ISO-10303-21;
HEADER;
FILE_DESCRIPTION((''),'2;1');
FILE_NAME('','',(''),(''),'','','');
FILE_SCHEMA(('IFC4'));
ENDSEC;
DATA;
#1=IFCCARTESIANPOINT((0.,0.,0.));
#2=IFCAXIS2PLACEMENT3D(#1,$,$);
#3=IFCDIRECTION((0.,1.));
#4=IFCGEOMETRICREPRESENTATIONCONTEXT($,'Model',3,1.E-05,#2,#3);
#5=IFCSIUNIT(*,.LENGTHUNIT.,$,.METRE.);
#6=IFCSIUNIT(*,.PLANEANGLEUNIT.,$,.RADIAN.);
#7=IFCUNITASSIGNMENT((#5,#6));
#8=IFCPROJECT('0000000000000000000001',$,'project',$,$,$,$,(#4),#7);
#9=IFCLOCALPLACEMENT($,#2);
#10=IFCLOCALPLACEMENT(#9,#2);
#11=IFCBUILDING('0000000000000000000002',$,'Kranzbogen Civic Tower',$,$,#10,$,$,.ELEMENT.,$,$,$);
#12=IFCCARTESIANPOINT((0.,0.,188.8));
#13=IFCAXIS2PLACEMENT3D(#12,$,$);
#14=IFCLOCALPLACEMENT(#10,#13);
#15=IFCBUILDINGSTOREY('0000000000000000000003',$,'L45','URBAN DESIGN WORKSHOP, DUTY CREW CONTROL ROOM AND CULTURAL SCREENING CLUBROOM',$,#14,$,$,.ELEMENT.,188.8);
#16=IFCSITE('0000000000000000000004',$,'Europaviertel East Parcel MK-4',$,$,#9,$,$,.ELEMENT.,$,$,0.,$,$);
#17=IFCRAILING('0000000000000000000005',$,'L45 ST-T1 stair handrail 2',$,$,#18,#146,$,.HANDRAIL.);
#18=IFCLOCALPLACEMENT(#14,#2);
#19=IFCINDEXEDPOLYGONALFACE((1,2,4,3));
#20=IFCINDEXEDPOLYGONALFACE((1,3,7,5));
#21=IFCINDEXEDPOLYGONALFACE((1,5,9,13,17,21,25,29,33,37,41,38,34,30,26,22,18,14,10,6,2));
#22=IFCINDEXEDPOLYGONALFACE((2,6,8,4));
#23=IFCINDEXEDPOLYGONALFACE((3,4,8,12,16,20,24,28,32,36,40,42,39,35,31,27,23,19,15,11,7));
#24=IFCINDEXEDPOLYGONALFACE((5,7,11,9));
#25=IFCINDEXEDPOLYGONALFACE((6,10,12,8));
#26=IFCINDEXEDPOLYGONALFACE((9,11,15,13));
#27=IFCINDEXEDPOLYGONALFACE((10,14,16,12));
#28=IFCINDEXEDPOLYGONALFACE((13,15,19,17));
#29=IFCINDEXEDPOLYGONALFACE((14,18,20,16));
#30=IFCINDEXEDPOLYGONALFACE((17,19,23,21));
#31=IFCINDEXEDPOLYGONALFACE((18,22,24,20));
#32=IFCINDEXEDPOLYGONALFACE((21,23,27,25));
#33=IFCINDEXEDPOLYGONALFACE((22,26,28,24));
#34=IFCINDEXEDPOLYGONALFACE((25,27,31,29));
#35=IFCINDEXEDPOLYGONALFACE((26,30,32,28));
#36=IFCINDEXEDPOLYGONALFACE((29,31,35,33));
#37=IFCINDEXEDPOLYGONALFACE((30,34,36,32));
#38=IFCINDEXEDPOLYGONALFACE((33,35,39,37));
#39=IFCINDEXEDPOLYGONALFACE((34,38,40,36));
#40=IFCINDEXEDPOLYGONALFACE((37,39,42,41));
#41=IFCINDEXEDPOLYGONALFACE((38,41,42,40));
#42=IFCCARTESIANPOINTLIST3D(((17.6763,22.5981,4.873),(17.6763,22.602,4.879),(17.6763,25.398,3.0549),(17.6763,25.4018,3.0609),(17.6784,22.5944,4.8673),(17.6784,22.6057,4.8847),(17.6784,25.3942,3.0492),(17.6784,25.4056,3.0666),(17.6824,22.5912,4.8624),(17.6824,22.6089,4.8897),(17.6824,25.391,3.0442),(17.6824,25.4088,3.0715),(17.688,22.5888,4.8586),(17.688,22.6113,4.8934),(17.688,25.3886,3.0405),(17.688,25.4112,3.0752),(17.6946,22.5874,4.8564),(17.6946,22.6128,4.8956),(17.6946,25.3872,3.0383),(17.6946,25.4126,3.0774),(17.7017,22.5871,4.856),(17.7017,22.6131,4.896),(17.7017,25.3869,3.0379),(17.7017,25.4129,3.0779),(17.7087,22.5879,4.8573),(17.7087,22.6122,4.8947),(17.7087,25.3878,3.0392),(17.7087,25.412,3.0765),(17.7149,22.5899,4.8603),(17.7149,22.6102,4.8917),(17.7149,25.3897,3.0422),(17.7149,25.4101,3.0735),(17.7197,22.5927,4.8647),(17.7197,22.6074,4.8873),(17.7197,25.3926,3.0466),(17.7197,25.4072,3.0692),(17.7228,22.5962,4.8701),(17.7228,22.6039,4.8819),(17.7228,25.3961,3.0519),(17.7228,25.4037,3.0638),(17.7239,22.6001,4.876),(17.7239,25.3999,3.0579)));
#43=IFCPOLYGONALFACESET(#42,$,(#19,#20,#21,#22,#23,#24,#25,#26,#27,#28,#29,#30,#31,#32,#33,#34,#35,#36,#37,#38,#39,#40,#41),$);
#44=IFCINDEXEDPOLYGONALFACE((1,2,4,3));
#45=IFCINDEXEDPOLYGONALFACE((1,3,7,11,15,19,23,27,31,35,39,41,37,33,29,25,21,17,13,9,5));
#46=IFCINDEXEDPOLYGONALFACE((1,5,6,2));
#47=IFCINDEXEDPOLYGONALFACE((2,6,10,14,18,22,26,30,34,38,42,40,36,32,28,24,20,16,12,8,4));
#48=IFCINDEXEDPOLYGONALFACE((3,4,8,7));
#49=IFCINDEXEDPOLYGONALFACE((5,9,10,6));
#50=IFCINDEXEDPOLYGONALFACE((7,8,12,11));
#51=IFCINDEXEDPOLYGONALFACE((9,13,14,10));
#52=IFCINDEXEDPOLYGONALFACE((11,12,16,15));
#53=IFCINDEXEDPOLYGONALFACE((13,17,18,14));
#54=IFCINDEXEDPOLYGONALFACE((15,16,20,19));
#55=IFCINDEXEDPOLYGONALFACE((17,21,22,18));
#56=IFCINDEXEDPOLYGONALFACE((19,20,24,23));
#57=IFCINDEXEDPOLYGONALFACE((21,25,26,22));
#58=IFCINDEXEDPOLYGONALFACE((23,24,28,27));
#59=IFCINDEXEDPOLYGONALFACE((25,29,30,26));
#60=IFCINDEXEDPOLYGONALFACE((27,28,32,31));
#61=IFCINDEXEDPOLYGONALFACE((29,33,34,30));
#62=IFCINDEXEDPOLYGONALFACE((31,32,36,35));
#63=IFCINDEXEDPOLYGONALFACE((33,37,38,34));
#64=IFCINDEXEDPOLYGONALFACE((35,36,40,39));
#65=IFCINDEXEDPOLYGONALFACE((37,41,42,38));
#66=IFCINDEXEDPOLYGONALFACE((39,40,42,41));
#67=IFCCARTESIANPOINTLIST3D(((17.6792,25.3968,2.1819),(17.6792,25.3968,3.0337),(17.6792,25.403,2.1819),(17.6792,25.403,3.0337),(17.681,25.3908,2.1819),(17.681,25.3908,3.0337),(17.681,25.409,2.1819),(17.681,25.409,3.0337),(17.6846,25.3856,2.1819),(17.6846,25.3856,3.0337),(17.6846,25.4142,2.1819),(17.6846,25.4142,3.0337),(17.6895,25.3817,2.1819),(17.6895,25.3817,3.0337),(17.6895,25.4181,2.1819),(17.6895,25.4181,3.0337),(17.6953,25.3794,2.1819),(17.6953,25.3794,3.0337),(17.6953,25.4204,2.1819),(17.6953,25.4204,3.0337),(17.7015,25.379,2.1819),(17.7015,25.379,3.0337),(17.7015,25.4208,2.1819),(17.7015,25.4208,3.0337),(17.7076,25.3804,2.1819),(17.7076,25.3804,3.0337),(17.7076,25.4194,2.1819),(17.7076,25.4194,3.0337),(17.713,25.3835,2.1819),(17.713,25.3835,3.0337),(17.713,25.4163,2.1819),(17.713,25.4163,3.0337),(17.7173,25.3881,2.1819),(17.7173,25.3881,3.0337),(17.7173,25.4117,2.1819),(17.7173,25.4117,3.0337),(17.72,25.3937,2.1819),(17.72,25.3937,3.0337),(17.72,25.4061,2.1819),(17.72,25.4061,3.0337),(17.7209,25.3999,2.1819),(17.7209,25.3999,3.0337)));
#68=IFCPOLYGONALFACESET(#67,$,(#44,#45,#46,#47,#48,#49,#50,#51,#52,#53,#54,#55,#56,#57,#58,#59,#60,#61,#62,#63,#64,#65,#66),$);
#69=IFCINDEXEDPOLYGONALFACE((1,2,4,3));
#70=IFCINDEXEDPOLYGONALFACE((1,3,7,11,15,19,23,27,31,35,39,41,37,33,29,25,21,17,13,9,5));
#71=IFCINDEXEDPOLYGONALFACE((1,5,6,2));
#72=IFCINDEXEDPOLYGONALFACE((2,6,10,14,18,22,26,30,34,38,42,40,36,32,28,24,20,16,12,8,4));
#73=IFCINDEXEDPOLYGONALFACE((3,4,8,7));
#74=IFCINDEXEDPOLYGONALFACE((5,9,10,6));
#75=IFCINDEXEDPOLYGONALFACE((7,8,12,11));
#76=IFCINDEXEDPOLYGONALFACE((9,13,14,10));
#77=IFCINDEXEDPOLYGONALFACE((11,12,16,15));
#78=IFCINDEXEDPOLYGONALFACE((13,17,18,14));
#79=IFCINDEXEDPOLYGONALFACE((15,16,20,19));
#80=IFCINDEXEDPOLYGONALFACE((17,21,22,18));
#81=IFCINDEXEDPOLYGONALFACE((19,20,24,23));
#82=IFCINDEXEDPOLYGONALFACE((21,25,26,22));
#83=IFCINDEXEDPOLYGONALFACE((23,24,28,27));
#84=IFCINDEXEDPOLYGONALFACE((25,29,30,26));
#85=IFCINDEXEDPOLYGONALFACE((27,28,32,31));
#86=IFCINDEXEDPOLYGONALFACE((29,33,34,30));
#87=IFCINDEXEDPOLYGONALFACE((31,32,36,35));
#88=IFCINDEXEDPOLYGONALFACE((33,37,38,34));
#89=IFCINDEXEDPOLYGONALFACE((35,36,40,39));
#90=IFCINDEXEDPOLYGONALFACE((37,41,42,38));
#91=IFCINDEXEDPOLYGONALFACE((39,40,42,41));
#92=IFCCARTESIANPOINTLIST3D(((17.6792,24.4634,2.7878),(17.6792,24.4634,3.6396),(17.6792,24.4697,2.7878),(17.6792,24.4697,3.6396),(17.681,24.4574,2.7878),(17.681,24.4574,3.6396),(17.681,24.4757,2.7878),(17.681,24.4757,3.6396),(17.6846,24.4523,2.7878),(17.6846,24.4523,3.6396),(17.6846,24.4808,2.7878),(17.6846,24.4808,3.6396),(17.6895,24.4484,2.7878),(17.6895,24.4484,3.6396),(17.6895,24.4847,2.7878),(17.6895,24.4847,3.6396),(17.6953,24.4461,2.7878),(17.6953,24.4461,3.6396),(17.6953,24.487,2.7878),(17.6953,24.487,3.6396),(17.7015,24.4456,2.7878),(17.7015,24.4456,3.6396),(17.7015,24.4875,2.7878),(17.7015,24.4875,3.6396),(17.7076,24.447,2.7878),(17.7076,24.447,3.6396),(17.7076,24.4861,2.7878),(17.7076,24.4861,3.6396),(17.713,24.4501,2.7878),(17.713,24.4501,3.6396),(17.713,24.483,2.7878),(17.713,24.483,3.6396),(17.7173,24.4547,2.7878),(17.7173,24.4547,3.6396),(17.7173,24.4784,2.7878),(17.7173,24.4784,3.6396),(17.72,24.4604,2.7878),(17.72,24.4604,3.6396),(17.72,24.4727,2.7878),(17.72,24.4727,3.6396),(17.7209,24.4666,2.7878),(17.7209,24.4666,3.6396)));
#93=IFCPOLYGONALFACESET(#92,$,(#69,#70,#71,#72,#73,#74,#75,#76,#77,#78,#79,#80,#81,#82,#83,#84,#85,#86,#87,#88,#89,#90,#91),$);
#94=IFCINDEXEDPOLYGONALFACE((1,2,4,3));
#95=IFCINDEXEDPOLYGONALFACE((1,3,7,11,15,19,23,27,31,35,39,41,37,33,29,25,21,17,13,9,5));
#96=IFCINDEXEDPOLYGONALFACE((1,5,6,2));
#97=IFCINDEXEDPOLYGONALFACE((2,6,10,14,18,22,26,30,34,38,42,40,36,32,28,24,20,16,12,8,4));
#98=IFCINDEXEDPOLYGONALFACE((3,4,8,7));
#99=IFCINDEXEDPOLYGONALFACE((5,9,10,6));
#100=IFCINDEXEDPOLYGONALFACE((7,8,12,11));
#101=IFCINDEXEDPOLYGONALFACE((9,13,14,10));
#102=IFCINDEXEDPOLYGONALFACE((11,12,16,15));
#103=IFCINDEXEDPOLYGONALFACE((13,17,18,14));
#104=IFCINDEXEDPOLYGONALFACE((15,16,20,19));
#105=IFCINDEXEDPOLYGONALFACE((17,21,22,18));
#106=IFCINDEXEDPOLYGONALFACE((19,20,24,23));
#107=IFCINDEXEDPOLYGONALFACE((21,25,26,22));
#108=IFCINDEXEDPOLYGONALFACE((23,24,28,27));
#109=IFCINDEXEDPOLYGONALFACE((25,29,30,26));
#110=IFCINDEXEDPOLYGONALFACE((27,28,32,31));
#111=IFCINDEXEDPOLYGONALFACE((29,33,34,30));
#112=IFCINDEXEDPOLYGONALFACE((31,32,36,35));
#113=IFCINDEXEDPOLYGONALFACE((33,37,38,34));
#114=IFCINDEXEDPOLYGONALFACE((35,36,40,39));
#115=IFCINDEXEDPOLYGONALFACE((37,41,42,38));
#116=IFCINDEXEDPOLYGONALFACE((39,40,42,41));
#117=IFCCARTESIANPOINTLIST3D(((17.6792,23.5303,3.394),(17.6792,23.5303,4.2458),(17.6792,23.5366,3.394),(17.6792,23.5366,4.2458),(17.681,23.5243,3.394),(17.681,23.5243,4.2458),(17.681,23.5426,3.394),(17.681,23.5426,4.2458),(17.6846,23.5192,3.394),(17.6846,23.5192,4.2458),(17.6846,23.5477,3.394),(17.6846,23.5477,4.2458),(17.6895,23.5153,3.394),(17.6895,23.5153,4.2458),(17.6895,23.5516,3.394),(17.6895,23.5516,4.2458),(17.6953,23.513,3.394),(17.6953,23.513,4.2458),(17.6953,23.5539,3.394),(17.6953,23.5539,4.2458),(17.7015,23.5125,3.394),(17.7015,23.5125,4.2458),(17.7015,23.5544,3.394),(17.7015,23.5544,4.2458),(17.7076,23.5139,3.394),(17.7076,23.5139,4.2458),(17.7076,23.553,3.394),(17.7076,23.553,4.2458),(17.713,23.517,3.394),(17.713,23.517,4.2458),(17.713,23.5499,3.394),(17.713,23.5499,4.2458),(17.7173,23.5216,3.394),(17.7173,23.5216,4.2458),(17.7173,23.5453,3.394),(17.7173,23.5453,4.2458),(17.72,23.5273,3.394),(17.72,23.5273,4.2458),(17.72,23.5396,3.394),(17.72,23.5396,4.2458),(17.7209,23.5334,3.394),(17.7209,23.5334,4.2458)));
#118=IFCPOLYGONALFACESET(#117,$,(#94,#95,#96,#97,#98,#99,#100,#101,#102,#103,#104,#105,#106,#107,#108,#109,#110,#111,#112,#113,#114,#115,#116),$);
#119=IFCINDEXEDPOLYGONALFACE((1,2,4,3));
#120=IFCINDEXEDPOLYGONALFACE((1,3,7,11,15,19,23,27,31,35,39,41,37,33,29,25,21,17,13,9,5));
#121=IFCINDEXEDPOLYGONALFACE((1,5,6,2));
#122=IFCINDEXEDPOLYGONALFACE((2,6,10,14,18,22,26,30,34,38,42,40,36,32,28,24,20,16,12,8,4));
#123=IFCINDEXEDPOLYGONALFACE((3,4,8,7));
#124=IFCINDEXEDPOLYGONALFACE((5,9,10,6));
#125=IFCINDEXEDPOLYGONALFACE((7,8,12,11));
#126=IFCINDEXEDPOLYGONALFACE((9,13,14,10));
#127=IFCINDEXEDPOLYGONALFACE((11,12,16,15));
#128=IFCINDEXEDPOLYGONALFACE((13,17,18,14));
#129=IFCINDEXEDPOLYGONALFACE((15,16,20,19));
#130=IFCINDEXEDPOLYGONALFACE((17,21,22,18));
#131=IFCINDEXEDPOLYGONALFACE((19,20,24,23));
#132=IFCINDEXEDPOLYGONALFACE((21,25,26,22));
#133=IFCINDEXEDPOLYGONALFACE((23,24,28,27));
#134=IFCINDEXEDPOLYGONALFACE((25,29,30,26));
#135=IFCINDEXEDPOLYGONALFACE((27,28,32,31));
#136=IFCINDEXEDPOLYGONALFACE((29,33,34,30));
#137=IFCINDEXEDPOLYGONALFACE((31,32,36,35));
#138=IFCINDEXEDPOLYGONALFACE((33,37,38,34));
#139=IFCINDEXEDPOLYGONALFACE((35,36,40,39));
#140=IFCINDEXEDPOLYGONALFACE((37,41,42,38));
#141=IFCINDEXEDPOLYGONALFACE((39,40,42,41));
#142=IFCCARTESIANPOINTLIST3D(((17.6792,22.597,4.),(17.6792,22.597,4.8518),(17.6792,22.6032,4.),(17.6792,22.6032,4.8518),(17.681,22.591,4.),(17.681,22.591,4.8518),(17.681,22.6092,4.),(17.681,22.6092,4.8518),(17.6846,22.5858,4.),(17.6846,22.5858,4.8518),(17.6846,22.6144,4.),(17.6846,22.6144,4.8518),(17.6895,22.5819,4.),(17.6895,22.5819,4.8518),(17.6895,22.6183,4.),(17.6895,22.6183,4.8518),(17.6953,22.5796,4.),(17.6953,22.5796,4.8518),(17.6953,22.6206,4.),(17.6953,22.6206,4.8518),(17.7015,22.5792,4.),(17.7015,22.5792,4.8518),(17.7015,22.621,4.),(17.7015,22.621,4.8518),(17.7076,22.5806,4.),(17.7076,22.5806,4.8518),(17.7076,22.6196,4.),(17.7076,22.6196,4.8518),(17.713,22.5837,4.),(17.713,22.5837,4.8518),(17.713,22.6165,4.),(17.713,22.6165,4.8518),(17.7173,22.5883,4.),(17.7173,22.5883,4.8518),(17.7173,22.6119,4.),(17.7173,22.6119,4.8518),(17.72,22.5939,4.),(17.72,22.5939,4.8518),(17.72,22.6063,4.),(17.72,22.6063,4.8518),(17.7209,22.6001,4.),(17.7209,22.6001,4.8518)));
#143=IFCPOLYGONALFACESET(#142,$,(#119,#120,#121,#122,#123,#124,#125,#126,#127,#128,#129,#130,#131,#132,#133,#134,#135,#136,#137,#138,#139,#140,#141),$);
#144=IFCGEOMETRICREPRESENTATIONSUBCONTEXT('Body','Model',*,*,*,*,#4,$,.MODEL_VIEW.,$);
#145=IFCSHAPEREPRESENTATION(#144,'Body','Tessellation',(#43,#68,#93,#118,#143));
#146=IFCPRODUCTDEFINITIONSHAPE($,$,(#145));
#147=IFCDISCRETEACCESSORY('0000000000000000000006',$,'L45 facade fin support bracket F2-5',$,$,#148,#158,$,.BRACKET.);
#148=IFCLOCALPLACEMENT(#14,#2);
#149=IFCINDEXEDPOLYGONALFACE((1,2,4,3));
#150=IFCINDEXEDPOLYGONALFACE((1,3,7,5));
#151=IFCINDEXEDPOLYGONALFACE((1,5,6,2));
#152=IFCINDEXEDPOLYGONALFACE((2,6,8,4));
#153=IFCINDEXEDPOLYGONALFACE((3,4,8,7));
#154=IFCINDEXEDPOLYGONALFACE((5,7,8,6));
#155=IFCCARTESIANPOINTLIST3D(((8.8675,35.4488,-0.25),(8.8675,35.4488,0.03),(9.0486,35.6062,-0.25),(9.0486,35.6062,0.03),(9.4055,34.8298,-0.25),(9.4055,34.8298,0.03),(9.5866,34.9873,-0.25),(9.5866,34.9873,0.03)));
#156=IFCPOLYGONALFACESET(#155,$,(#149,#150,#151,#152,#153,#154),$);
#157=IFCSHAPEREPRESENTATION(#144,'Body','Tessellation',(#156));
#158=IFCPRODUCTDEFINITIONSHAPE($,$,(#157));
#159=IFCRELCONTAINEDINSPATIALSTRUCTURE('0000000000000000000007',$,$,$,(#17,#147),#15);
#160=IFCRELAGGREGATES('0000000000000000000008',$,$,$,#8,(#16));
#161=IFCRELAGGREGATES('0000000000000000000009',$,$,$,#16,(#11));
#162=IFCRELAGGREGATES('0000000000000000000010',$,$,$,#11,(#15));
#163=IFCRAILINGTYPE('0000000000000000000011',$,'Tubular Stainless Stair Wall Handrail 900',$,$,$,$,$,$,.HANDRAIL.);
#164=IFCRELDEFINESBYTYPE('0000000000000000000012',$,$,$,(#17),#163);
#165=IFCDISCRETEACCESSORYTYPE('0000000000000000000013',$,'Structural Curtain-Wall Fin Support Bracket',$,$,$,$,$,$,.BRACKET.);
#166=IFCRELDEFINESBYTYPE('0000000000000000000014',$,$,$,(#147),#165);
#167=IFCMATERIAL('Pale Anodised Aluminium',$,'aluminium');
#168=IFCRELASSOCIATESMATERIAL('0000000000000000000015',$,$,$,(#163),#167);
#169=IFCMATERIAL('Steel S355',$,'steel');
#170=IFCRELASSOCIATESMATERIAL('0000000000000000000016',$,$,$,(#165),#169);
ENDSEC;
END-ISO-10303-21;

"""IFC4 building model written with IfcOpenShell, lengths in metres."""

from ifc_helpers import new_model, si_unit, direction, frame, origin, origin_2d, place, context, subcontext, project, spatial, rectangle, circle, extrude, material, type_object, element, save


model = new_model("IFC4")

# Units and contexts
model_context = context("Model", 3, precision=1e-05, world=origin(), true_north=direction((0.0, 1.0)))
body_context = subcontext(model_context, "Body", "Model", "MODEL_VIEW")
ifc_project = project(units=[si_unit("LENGTHUNIT", "METRE"), si_unit("PLANEANGLEUNIT", "RADIAN")], contexts=[model_context])

# Site, building, storey
site_placement = place(None, origin())
site = spatial("IfcSite", under=ifc_project, at=site_placement, Name="Europaviertel East Parcel MK-4", CompositionType="ELEMENT", RefElevation=0.0)
building_placement = place(site_placement, origin())
building = spatial("IfcBuilding", under=site, at=building_placement, Name="Kranzbogen Civic Tower", CompositionType="ELEMENT")
storey_placement = place(building_placement, frame((0.0, 0.0, 188.8)))
storey = spatial("IfcBuildingStorey", under=building, at=storey_placement, Name="L45", Description="URBAN DESIGN WORKSHOP, DUTY CREW CONTROL ROOM AND CULTURAL SCREENING CLUBROOM", CompositionType="ELEMENT", Elevation=188.8)

# Shared definitions
ifc_material_1 = material(Name="Steel S355", Category="steel")

# Shared definitions
ifc_material_2 = material(Name="Pale Anodised Aluminium", Category="aluminium")

# Railing
railing_type_1 = type_object("IfcRailingType", Name="Tubular Stainless Stair Wall Handrail 900", PredefinedType="HANDRAIL", material=ifc_material_2)
railing_1_placement = place(storey_placement, frame((17.7, 25.3999, 2.1819)))
element("IfcRailing", 1, at=railing_1_placement, inside=storey, type_object=railing_type_1, Name="L45 ST-T1 stair handrail 2", PredefinedType="HANDRAIL", context=body_context, shape_type="SweptSolid", body=[
    extrude(circle(Radius=0.0239, at=origin_2d()), frame((0.0, 0.0, 0.876), z_axis=(0.0, -0.838684, 0.544618), x_axis=(1.0, 0.0, 0.0)), (0.0, 0.0, 1.0), 3.3384),
    extrude(circle(Radius=0.021, at=origin_2d()), origin(), (0.0, 0.0, 1.0), 0.8518),
    extrude(circle(Radius=0.021, at=origin_2d()), frame((0.0, -0.9333, 0.606)), (0.0, 0.0, 1.0), 0.8518),
    extrude(circle(Radius=0.021, at=origin_2d()), frame((0.0, -1.8665, 1.2122)), (0.0, 0.0, 1.0), 0.8518),
    extrude(circle(Radius=0.021, at=origin_2d()), frame((0.0, -2.7998, 1.8181)), (0.0, 0.0, 1.0), 0.8518),
])

# Discrete accessory
discrete_accessory_type = type_object("IfcDiscreteAccessoryType", Name="Structural Curtain-Wall Fin Support Bracket", PredefinedType="BRACKET", material=ifc_material_1)
discrete_accessory_placement = place(storey_placement, frame((9.2271, 35.218, -0.25), z_axis=(0.0, 0.0, 1.0), x_axis=(-0.656059, 0.75471, 0.0)))
element("IfcDiscreteAccessory", 2, at=discrete_accessory_placement, inside=storey, type_object=discrete_accessory_type, Name="L45 facade fin support bracket F2-5", PredefinedType="BRACKET", context=body_context, shape_type="SweptSolid", body=[
    extrude(rectangle(XDim=0.8201, YDim=0.24, at=origin_2d()), origin(), (0.0, 0.0, 1.0), 0.28),
])

save(model, "model.ifc")
